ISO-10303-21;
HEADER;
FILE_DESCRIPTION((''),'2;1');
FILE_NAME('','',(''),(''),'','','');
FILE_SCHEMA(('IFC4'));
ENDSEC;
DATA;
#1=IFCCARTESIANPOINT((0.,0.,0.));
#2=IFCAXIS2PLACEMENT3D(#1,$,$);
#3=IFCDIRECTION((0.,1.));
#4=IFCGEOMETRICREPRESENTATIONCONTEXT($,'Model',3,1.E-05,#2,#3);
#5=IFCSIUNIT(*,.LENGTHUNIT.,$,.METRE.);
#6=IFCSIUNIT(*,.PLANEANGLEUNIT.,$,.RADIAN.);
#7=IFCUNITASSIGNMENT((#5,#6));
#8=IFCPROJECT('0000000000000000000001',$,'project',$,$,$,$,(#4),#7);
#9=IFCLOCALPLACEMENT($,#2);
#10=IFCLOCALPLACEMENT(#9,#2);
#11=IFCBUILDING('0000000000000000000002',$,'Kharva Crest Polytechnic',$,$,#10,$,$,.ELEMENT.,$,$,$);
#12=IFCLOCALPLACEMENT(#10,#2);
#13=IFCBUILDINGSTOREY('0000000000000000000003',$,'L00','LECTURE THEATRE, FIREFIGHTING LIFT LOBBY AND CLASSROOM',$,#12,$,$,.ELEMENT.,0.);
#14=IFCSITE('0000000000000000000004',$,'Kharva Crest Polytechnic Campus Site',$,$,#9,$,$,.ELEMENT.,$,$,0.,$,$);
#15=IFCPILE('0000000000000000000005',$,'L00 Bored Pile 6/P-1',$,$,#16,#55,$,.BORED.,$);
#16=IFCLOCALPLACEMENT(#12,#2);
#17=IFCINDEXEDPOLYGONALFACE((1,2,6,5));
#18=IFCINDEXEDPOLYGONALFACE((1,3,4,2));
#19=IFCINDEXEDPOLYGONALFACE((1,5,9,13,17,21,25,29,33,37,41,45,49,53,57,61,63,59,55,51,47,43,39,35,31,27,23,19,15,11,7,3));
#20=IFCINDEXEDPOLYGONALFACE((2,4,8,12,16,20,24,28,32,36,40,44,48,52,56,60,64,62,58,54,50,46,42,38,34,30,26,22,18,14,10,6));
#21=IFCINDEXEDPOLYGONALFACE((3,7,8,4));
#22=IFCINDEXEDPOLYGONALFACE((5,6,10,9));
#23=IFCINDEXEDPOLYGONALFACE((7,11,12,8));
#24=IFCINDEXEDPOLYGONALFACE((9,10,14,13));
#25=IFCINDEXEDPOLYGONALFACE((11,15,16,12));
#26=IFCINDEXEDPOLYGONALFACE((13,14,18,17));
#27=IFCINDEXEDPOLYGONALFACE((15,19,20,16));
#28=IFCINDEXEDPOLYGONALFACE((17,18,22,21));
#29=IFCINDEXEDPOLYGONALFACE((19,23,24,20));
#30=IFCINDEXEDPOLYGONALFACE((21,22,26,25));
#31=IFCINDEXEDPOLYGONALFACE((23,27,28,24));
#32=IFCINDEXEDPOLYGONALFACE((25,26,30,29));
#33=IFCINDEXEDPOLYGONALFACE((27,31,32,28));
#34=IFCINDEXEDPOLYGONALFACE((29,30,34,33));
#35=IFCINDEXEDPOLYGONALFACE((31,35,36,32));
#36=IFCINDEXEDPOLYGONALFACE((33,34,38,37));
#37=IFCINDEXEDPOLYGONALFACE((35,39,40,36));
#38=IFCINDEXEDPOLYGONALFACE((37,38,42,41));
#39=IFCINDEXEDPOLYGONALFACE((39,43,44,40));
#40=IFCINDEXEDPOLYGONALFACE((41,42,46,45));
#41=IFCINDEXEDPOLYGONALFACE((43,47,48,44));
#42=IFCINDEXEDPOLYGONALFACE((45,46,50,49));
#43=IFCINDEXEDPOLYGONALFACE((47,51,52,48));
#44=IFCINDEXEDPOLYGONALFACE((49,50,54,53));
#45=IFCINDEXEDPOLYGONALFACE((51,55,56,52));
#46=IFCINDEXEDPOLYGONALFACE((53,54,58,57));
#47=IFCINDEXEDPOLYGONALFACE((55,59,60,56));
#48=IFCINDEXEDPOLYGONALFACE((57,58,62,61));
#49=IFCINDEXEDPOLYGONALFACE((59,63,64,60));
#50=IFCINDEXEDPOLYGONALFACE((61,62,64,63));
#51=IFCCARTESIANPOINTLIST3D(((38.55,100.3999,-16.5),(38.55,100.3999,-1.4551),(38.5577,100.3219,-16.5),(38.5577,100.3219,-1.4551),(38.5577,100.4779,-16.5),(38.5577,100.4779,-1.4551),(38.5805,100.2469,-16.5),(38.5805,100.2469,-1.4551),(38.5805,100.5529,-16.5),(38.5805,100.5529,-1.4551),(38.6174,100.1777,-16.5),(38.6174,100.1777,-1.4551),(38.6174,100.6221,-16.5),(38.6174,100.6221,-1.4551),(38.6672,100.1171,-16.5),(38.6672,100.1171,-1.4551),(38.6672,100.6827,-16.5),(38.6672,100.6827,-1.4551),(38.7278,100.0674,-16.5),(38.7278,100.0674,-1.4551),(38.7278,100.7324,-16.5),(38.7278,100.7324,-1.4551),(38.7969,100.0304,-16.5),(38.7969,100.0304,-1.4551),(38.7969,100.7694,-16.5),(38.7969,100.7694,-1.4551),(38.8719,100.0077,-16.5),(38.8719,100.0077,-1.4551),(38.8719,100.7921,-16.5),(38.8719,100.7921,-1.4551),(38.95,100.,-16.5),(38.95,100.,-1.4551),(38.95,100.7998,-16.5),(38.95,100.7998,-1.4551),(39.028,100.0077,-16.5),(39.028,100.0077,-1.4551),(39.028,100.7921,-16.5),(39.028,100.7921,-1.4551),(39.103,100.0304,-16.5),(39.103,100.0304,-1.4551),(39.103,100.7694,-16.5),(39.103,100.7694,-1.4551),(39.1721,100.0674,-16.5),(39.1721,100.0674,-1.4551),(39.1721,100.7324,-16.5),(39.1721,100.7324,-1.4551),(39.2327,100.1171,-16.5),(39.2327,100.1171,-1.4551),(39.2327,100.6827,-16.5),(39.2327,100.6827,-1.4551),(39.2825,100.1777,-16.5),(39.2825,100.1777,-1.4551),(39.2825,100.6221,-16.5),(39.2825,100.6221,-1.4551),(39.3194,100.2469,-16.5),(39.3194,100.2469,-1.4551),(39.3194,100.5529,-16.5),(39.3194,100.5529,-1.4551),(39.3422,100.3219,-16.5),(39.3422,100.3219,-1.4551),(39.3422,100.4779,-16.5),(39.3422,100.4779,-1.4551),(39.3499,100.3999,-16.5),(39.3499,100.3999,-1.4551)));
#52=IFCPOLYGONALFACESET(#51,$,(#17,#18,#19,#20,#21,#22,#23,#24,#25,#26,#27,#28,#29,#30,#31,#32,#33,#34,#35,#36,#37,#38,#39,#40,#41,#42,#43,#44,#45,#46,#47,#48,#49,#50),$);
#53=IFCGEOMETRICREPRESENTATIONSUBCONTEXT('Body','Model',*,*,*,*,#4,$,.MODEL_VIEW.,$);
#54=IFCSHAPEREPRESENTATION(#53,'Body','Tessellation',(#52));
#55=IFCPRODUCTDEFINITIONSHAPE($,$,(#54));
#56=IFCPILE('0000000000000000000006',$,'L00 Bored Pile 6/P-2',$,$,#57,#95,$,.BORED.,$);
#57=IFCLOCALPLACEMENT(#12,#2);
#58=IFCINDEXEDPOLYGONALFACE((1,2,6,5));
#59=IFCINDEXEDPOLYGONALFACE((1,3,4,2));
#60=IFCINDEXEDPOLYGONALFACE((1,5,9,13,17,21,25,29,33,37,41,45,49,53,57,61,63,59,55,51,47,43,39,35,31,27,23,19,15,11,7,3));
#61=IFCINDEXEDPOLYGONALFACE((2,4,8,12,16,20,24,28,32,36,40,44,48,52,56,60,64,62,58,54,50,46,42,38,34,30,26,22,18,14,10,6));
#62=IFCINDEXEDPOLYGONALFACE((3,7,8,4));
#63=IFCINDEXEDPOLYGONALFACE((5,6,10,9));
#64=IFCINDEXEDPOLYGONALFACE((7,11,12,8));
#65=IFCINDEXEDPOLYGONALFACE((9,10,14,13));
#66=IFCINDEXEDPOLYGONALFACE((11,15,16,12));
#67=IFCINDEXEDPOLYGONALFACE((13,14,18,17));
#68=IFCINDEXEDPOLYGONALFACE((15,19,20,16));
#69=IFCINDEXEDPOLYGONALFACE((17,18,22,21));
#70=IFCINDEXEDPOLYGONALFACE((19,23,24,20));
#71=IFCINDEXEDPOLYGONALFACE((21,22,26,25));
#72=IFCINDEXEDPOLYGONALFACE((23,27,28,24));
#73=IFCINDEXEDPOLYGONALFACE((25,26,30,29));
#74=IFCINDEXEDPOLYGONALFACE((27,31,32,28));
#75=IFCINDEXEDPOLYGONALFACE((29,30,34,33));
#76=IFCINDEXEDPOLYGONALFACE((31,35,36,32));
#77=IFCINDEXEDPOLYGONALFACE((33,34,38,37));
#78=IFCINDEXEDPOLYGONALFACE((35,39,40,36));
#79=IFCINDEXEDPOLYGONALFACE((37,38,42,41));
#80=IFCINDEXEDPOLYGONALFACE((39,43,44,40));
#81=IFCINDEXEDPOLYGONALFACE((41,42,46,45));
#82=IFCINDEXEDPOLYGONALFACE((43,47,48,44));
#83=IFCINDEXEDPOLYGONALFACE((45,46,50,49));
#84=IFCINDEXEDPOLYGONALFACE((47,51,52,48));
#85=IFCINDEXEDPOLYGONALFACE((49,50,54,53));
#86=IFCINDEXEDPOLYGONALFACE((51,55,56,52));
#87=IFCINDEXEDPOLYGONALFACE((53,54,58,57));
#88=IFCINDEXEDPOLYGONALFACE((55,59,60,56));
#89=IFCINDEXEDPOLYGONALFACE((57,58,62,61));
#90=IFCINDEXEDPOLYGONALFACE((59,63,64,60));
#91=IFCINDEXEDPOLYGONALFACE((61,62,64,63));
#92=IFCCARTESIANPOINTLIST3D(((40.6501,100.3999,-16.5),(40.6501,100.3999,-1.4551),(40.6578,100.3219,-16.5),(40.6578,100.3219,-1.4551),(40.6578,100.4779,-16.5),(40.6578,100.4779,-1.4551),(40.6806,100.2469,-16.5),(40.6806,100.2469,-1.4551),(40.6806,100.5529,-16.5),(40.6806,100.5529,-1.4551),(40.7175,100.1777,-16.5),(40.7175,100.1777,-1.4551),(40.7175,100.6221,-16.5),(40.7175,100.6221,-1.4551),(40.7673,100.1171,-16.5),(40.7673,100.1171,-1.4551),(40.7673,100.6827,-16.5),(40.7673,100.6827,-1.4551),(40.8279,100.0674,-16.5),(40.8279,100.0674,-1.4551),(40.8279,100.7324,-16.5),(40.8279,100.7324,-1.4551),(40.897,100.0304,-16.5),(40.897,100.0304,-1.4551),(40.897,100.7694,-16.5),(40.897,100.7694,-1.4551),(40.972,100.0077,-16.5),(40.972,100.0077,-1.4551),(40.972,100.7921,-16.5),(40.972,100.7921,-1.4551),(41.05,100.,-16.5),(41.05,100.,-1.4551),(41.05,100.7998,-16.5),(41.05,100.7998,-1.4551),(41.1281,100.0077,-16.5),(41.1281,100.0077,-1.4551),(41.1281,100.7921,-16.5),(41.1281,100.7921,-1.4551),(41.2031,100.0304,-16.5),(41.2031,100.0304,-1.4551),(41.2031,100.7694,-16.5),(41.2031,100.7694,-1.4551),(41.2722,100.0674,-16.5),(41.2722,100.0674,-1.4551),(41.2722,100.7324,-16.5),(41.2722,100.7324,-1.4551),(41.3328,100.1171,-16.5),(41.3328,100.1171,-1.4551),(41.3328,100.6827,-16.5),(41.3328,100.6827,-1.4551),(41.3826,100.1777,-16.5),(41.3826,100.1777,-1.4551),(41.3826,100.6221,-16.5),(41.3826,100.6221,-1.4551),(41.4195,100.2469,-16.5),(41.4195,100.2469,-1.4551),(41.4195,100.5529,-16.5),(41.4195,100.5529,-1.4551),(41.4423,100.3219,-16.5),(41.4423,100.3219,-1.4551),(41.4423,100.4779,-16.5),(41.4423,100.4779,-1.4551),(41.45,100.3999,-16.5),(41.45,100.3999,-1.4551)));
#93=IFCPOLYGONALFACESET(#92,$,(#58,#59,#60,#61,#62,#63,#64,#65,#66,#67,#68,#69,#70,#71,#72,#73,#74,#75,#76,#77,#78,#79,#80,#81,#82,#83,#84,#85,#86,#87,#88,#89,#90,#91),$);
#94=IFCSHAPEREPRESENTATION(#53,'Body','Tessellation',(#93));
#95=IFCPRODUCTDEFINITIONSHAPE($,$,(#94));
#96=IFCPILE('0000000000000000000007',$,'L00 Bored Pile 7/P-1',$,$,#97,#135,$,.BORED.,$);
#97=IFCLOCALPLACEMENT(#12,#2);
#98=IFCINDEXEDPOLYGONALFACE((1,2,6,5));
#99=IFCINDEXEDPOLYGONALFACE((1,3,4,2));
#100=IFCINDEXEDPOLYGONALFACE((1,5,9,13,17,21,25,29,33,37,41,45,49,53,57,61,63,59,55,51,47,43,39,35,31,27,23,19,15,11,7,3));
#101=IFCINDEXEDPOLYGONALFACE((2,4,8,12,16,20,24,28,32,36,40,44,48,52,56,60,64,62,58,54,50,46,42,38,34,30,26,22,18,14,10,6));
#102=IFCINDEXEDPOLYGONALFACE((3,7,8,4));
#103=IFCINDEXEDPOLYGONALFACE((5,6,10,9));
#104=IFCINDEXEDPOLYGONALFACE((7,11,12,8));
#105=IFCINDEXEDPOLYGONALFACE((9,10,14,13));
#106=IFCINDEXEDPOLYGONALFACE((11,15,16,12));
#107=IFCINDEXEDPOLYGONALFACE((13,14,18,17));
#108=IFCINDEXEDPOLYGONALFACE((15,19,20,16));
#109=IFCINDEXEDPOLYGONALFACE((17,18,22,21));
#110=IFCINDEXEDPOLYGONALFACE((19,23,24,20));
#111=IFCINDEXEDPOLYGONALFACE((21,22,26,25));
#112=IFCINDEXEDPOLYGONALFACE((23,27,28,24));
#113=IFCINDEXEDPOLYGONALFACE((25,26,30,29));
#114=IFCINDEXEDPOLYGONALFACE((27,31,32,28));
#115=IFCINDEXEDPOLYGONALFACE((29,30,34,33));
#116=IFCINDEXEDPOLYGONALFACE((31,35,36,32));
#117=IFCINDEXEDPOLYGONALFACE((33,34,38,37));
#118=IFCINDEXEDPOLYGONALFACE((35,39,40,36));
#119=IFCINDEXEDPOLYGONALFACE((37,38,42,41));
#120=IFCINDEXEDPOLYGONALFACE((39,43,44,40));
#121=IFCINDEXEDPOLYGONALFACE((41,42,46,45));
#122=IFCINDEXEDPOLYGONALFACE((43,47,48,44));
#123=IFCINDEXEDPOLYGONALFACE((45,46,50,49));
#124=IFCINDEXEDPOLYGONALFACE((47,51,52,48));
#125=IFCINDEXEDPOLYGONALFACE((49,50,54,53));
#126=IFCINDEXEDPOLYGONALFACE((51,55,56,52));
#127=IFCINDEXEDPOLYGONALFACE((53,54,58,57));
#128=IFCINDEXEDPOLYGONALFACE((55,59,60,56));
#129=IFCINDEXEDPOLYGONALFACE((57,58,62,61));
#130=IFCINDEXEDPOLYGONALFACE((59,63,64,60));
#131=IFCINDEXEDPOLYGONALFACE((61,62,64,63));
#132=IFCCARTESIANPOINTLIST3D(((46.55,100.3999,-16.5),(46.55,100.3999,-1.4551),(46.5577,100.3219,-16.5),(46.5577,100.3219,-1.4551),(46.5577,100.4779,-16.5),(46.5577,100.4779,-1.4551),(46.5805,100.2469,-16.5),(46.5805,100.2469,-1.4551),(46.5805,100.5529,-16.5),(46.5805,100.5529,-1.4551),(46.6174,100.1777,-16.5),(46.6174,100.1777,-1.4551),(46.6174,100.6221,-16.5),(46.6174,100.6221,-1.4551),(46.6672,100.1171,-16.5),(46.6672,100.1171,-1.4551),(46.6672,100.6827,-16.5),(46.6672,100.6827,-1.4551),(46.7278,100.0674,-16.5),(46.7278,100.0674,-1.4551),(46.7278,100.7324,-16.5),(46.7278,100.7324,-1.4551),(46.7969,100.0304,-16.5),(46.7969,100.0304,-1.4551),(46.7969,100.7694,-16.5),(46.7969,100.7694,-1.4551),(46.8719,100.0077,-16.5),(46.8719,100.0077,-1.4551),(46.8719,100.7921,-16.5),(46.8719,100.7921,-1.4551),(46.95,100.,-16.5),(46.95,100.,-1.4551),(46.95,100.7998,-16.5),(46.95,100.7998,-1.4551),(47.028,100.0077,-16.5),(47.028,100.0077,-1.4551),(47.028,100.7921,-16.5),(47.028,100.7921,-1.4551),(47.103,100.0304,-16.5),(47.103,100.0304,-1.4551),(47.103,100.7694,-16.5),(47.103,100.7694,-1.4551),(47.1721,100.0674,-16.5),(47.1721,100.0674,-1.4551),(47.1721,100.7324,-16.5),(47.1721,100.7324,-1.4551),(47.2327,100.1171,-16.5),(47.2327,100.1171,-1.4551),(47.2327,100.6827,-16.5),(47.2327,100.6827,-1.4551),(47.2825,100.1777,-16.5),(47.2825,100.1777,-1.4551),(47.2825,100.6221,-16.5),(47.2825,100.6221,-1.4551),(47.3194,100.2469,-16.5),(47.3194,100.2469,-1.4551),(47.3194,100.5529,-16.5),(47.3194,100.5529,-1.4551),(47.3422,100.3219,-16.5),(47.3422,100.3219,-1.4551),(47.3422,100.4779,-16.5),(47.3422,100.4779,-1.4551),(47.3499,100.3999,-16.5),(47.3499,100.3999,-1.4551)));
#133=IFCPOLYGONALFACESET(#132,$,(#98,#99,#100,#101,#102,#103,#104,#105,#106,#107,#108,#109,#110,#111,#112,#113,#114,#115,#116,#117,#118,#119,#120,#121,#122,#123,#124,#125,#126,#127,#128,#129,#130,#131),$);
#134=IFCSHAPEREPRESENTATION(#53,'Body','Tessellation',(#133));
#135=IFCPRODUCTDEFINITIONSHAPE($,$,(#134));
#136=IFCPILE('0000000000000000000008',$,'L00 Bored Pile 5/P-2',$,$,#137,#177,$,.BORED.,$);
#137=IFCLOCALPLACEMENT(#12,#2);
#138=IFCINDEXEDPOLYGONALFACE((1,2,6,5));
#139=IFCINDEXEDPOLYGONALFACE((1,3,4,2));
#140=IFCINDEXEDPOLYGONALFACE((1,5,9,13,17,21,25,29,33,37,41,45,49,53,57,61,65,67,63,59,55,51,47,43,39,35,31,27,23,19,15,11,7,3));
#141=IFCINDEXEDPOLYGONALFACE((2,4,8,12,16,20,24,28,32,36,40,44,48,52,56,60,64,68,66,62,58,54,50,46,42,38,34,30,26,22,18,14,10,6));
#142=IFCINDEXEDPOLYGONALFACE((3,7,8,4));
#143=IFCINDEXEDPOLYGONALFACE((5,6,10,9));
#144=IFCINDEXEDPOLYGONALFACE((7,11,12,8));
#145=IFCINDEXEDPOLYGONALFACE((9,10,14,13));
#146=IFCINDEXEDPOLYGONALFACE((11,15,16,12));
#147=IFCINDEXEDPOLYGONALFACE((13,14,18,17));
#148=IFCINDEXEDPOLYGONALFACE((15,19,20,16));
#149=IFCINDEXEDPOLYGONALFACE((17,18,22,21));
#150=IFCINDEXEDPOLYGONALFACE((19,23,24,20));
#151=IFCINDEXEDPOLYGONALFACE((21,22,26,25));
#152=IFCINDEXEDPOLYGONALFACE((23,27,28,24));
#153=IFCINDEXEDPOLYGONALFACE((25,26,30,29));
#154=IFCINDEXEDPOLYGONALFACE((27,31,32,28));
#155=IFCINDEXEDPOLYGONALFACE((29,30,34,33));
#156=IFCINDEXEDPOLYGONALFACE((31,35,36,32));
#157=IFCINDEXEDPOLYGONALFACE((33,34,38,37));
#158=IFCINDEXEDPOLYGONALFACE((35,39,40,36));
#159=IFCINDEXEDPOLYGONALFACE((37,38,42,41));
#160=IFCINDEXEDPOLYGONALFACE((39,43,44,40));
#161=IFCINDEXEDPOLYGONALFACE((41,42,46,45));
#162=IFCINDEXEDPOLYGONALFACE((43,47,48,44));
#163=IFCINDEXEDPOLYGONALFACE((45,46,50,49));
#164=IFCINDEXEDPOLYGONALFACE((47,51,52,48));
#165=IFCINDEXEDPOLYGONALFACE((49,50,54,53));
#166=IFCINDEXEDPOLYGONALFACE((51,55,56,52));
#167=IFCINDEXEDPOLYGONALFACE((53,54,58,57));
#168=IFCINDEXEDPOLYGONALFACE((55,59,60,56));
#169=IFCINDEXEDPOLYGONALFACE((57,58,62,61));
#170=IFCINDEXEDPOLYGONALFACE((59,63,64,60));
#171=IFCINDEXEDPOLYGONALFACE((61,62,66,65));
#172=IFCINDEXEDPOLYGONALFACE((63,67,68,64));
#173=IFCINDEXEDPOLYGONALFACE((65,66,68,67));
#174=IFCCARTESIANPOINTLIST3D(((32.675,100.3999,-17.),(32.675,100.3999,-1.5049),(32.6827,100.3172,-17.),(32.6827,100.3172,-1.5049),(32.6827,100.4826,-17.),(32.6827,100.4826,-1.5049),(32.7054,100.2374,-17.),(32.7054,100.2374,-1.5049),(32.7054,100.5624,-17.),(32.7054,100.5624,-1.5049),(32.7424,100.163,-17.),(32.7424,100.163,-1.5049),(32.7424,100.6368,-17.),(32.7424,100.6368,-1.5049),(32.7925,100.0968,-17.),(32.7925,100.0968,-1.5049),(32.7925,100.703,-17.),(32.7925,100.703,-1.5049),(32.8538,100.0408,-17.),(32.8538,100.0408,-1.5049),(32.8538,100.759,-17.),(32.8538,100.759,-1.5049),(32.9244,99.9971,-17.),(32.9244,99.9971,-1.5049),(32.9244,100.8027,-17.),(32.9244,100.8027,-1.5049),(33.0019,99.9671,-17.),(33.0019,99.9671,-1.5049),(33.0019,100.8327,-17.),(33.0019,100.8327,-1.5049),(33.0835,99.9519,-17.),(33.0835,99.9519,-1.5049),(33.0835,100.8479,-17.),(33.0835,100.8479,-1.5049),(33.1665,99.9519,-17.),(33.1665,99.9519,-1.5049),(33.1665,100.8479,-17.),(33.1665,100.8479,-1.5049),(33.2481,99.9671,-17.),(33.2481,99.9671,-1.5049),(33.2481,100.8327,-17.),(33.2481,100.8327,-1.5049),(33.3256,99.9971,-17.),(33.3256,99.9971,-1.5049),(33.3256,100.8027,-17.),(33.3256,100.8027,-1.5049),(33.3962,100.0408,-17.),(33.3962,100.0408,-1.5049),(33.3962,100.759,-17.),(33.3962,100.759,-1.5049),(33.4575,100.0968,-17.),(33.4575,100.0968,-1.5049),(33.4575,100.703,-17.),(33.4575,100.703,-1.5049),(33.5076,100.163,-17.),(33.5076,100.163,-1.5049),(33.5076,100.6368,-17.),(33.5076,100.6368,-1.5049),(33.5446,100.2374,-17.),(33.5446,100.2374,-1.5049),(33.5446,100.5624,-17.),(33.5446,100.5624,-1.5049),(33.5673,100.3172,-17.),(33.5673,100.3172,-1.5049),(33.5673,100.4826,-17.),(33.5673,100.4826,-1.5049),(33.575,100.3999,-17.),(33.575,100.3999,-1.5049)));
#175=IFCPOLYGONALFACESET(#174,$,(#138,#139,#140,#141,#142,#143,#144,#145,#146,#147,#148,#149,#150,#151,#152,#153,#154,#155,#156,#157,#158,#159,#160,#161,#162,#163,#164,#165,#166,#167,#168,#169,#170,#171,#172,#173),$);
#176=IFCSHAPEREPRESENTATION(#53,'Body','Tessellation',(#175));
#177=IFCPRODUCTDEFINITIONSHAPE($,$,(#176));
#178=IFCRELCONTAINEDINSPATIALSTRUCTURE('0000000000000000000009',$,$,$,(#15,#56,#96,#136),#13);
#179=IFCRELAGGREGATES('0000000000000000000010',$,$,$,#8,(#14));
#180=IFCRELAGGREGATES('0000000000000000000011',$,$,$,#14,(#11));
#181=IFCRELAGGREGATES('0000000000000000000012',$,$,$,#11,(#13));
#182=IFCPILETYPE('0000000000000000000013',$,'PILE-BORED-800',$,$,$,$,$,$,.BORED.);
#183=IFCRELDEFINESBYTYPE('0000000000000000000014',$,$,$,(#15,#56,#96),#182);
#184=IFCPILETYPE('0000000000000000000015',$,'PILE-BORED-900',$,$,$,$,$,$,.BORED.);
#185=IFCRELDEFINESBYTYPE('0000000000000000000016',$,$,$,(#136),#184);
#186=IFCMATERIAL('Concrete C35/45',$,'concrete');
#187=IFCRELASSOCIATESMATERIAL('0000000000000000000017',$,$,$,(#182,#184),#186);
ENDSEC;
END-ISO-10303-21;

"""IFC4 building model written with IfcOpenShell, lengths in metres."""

from ifc_helpers import new_model, si_unit, direction, frame, origin, origin_2d, place, context, subcontext, project, spatial, circle, extrude, material, material_profile, profile_set, type_object, element, save


model = new_model("IFC4")

# Units and contexts
model_context = context("Model", 3, precision=1e-05, world=origin(), true_north=direction((0.0, 1.0)))
body_context = subcontext(model_context, "Body", "Model", "MODEL_VIEW")
ifc_project = project(units=[si_unit("LENGTHUNIT", "METRE"), si_unit("PLANEANGLEUNIT", "RADIAN")], contexts=[model_context])

# Site, building, storey
site_placement = place(None, origin())
site = spatial("IfcSite", under=ifc_project, at=site_placement, Name="Kharva Crest Polytechnic Campus Site", CompositionType="ELEMENT", RefElevation=0.0)
building_placement = place(site_placement, origin())
building = spatial("IfcBuilding", under=site, at=building_placement, Name="Kharva Crest Polytechnic", CompositionType="ELEMENT")
storey_placement = place(building_placement, origin())
storey = spatial("IfcBuildingStorey", under=building, at=storey_placement, Name="L00", Description="LECTURE THEATRE, FIREFIGHTING LIFT LOBBY AND CLASSROOM", CompositionType="ELEMENT", Elevation=0.0)

# Shared definitions
ifc_material_1 = material(Name="Concrete C35/45", Category="concrete")

# Piles
ifc_material_profile_1 = material_profile(ifc_material_1, circle(Radius=0.3999, at=origin_2d()), Name="DIA 800")
ifc_profile_set_1 = profile_set([ifc_material_profile_1], Name="Concrete C35/45")
pile_type_1 = type_object("IfcPileType", Name="PILE-BORED-800", PredefinedType="BORED", material=ifc_profile_set_1)
for number, where, z_axis, x_axis, name in (
    (1, (38.95, 100.3999, -1.4551), (0.0, 0.0, -1.0), (1.0, 0.0, 0.0), "L00 Bored Pile 6/P-1"),
    (2, (41.05, 100.3999, -1.4551), (0.0, 0.0, -1.0), (1.0, 0.0, 0.0), "L00 Bored Pile 6/P-2"),
    (3, (46.95, 100.3999, -1.4551), (0.0, 0.0, -1.0), (1.0, 0.0, 0.0), "L00 Bored Pile 7/P-1"),
):
    element("IfcPile", number, at=place(storey_placement, frame(where, z_axis=z_axis, x_axis=x_axis)), inside=storey, type_object=pile_type_1, Name=name, PredefinedType="BORED", context=body_context, shape_type="SweptSolid", body=[
        extrude(circle(Radius=0.3999, at=origin_2d()), origin(), (0.0, 0.0, 1.0), 15.0449),
    ])
ifc_material_profile_2 = material_profile(ifc_material_1, circle(Radius=0.45, at=origin_2d()), Name="DIA 900")
ifc_profile_set_2 = profile_set([ifc_material_profile_2], Name="Concrete C35/45")
pile_type_2 = type_object("IfcPileType", Name="PILE-BORED-900", PredefinedType="BORED", material=ifc_profile_set_2)
for number, where, z_axis, x_axis, name in (
    (4, (33.125, 100.3999, -1.5049), (0.0, 0.0, -1.0), (1.0, 0.0, 0.0), "L00 Bored Pile 5/P-2"),
):
    element("IfcPile", number, at=place(storey_placement, frame(where, z_axis=z_axis, x_axis=x_axis)), inside=storey, type_object=pile_type_2, Name=name, PredefinedType="BORED", context=body_context, shape_type="SweptSolid", body=[
        extrude(circle(Radius=0.45, at=origin_2d()), origin(), (0.0, 0.0, 1.0), 15.4951),
    ])

save(model, "model.ifc")
